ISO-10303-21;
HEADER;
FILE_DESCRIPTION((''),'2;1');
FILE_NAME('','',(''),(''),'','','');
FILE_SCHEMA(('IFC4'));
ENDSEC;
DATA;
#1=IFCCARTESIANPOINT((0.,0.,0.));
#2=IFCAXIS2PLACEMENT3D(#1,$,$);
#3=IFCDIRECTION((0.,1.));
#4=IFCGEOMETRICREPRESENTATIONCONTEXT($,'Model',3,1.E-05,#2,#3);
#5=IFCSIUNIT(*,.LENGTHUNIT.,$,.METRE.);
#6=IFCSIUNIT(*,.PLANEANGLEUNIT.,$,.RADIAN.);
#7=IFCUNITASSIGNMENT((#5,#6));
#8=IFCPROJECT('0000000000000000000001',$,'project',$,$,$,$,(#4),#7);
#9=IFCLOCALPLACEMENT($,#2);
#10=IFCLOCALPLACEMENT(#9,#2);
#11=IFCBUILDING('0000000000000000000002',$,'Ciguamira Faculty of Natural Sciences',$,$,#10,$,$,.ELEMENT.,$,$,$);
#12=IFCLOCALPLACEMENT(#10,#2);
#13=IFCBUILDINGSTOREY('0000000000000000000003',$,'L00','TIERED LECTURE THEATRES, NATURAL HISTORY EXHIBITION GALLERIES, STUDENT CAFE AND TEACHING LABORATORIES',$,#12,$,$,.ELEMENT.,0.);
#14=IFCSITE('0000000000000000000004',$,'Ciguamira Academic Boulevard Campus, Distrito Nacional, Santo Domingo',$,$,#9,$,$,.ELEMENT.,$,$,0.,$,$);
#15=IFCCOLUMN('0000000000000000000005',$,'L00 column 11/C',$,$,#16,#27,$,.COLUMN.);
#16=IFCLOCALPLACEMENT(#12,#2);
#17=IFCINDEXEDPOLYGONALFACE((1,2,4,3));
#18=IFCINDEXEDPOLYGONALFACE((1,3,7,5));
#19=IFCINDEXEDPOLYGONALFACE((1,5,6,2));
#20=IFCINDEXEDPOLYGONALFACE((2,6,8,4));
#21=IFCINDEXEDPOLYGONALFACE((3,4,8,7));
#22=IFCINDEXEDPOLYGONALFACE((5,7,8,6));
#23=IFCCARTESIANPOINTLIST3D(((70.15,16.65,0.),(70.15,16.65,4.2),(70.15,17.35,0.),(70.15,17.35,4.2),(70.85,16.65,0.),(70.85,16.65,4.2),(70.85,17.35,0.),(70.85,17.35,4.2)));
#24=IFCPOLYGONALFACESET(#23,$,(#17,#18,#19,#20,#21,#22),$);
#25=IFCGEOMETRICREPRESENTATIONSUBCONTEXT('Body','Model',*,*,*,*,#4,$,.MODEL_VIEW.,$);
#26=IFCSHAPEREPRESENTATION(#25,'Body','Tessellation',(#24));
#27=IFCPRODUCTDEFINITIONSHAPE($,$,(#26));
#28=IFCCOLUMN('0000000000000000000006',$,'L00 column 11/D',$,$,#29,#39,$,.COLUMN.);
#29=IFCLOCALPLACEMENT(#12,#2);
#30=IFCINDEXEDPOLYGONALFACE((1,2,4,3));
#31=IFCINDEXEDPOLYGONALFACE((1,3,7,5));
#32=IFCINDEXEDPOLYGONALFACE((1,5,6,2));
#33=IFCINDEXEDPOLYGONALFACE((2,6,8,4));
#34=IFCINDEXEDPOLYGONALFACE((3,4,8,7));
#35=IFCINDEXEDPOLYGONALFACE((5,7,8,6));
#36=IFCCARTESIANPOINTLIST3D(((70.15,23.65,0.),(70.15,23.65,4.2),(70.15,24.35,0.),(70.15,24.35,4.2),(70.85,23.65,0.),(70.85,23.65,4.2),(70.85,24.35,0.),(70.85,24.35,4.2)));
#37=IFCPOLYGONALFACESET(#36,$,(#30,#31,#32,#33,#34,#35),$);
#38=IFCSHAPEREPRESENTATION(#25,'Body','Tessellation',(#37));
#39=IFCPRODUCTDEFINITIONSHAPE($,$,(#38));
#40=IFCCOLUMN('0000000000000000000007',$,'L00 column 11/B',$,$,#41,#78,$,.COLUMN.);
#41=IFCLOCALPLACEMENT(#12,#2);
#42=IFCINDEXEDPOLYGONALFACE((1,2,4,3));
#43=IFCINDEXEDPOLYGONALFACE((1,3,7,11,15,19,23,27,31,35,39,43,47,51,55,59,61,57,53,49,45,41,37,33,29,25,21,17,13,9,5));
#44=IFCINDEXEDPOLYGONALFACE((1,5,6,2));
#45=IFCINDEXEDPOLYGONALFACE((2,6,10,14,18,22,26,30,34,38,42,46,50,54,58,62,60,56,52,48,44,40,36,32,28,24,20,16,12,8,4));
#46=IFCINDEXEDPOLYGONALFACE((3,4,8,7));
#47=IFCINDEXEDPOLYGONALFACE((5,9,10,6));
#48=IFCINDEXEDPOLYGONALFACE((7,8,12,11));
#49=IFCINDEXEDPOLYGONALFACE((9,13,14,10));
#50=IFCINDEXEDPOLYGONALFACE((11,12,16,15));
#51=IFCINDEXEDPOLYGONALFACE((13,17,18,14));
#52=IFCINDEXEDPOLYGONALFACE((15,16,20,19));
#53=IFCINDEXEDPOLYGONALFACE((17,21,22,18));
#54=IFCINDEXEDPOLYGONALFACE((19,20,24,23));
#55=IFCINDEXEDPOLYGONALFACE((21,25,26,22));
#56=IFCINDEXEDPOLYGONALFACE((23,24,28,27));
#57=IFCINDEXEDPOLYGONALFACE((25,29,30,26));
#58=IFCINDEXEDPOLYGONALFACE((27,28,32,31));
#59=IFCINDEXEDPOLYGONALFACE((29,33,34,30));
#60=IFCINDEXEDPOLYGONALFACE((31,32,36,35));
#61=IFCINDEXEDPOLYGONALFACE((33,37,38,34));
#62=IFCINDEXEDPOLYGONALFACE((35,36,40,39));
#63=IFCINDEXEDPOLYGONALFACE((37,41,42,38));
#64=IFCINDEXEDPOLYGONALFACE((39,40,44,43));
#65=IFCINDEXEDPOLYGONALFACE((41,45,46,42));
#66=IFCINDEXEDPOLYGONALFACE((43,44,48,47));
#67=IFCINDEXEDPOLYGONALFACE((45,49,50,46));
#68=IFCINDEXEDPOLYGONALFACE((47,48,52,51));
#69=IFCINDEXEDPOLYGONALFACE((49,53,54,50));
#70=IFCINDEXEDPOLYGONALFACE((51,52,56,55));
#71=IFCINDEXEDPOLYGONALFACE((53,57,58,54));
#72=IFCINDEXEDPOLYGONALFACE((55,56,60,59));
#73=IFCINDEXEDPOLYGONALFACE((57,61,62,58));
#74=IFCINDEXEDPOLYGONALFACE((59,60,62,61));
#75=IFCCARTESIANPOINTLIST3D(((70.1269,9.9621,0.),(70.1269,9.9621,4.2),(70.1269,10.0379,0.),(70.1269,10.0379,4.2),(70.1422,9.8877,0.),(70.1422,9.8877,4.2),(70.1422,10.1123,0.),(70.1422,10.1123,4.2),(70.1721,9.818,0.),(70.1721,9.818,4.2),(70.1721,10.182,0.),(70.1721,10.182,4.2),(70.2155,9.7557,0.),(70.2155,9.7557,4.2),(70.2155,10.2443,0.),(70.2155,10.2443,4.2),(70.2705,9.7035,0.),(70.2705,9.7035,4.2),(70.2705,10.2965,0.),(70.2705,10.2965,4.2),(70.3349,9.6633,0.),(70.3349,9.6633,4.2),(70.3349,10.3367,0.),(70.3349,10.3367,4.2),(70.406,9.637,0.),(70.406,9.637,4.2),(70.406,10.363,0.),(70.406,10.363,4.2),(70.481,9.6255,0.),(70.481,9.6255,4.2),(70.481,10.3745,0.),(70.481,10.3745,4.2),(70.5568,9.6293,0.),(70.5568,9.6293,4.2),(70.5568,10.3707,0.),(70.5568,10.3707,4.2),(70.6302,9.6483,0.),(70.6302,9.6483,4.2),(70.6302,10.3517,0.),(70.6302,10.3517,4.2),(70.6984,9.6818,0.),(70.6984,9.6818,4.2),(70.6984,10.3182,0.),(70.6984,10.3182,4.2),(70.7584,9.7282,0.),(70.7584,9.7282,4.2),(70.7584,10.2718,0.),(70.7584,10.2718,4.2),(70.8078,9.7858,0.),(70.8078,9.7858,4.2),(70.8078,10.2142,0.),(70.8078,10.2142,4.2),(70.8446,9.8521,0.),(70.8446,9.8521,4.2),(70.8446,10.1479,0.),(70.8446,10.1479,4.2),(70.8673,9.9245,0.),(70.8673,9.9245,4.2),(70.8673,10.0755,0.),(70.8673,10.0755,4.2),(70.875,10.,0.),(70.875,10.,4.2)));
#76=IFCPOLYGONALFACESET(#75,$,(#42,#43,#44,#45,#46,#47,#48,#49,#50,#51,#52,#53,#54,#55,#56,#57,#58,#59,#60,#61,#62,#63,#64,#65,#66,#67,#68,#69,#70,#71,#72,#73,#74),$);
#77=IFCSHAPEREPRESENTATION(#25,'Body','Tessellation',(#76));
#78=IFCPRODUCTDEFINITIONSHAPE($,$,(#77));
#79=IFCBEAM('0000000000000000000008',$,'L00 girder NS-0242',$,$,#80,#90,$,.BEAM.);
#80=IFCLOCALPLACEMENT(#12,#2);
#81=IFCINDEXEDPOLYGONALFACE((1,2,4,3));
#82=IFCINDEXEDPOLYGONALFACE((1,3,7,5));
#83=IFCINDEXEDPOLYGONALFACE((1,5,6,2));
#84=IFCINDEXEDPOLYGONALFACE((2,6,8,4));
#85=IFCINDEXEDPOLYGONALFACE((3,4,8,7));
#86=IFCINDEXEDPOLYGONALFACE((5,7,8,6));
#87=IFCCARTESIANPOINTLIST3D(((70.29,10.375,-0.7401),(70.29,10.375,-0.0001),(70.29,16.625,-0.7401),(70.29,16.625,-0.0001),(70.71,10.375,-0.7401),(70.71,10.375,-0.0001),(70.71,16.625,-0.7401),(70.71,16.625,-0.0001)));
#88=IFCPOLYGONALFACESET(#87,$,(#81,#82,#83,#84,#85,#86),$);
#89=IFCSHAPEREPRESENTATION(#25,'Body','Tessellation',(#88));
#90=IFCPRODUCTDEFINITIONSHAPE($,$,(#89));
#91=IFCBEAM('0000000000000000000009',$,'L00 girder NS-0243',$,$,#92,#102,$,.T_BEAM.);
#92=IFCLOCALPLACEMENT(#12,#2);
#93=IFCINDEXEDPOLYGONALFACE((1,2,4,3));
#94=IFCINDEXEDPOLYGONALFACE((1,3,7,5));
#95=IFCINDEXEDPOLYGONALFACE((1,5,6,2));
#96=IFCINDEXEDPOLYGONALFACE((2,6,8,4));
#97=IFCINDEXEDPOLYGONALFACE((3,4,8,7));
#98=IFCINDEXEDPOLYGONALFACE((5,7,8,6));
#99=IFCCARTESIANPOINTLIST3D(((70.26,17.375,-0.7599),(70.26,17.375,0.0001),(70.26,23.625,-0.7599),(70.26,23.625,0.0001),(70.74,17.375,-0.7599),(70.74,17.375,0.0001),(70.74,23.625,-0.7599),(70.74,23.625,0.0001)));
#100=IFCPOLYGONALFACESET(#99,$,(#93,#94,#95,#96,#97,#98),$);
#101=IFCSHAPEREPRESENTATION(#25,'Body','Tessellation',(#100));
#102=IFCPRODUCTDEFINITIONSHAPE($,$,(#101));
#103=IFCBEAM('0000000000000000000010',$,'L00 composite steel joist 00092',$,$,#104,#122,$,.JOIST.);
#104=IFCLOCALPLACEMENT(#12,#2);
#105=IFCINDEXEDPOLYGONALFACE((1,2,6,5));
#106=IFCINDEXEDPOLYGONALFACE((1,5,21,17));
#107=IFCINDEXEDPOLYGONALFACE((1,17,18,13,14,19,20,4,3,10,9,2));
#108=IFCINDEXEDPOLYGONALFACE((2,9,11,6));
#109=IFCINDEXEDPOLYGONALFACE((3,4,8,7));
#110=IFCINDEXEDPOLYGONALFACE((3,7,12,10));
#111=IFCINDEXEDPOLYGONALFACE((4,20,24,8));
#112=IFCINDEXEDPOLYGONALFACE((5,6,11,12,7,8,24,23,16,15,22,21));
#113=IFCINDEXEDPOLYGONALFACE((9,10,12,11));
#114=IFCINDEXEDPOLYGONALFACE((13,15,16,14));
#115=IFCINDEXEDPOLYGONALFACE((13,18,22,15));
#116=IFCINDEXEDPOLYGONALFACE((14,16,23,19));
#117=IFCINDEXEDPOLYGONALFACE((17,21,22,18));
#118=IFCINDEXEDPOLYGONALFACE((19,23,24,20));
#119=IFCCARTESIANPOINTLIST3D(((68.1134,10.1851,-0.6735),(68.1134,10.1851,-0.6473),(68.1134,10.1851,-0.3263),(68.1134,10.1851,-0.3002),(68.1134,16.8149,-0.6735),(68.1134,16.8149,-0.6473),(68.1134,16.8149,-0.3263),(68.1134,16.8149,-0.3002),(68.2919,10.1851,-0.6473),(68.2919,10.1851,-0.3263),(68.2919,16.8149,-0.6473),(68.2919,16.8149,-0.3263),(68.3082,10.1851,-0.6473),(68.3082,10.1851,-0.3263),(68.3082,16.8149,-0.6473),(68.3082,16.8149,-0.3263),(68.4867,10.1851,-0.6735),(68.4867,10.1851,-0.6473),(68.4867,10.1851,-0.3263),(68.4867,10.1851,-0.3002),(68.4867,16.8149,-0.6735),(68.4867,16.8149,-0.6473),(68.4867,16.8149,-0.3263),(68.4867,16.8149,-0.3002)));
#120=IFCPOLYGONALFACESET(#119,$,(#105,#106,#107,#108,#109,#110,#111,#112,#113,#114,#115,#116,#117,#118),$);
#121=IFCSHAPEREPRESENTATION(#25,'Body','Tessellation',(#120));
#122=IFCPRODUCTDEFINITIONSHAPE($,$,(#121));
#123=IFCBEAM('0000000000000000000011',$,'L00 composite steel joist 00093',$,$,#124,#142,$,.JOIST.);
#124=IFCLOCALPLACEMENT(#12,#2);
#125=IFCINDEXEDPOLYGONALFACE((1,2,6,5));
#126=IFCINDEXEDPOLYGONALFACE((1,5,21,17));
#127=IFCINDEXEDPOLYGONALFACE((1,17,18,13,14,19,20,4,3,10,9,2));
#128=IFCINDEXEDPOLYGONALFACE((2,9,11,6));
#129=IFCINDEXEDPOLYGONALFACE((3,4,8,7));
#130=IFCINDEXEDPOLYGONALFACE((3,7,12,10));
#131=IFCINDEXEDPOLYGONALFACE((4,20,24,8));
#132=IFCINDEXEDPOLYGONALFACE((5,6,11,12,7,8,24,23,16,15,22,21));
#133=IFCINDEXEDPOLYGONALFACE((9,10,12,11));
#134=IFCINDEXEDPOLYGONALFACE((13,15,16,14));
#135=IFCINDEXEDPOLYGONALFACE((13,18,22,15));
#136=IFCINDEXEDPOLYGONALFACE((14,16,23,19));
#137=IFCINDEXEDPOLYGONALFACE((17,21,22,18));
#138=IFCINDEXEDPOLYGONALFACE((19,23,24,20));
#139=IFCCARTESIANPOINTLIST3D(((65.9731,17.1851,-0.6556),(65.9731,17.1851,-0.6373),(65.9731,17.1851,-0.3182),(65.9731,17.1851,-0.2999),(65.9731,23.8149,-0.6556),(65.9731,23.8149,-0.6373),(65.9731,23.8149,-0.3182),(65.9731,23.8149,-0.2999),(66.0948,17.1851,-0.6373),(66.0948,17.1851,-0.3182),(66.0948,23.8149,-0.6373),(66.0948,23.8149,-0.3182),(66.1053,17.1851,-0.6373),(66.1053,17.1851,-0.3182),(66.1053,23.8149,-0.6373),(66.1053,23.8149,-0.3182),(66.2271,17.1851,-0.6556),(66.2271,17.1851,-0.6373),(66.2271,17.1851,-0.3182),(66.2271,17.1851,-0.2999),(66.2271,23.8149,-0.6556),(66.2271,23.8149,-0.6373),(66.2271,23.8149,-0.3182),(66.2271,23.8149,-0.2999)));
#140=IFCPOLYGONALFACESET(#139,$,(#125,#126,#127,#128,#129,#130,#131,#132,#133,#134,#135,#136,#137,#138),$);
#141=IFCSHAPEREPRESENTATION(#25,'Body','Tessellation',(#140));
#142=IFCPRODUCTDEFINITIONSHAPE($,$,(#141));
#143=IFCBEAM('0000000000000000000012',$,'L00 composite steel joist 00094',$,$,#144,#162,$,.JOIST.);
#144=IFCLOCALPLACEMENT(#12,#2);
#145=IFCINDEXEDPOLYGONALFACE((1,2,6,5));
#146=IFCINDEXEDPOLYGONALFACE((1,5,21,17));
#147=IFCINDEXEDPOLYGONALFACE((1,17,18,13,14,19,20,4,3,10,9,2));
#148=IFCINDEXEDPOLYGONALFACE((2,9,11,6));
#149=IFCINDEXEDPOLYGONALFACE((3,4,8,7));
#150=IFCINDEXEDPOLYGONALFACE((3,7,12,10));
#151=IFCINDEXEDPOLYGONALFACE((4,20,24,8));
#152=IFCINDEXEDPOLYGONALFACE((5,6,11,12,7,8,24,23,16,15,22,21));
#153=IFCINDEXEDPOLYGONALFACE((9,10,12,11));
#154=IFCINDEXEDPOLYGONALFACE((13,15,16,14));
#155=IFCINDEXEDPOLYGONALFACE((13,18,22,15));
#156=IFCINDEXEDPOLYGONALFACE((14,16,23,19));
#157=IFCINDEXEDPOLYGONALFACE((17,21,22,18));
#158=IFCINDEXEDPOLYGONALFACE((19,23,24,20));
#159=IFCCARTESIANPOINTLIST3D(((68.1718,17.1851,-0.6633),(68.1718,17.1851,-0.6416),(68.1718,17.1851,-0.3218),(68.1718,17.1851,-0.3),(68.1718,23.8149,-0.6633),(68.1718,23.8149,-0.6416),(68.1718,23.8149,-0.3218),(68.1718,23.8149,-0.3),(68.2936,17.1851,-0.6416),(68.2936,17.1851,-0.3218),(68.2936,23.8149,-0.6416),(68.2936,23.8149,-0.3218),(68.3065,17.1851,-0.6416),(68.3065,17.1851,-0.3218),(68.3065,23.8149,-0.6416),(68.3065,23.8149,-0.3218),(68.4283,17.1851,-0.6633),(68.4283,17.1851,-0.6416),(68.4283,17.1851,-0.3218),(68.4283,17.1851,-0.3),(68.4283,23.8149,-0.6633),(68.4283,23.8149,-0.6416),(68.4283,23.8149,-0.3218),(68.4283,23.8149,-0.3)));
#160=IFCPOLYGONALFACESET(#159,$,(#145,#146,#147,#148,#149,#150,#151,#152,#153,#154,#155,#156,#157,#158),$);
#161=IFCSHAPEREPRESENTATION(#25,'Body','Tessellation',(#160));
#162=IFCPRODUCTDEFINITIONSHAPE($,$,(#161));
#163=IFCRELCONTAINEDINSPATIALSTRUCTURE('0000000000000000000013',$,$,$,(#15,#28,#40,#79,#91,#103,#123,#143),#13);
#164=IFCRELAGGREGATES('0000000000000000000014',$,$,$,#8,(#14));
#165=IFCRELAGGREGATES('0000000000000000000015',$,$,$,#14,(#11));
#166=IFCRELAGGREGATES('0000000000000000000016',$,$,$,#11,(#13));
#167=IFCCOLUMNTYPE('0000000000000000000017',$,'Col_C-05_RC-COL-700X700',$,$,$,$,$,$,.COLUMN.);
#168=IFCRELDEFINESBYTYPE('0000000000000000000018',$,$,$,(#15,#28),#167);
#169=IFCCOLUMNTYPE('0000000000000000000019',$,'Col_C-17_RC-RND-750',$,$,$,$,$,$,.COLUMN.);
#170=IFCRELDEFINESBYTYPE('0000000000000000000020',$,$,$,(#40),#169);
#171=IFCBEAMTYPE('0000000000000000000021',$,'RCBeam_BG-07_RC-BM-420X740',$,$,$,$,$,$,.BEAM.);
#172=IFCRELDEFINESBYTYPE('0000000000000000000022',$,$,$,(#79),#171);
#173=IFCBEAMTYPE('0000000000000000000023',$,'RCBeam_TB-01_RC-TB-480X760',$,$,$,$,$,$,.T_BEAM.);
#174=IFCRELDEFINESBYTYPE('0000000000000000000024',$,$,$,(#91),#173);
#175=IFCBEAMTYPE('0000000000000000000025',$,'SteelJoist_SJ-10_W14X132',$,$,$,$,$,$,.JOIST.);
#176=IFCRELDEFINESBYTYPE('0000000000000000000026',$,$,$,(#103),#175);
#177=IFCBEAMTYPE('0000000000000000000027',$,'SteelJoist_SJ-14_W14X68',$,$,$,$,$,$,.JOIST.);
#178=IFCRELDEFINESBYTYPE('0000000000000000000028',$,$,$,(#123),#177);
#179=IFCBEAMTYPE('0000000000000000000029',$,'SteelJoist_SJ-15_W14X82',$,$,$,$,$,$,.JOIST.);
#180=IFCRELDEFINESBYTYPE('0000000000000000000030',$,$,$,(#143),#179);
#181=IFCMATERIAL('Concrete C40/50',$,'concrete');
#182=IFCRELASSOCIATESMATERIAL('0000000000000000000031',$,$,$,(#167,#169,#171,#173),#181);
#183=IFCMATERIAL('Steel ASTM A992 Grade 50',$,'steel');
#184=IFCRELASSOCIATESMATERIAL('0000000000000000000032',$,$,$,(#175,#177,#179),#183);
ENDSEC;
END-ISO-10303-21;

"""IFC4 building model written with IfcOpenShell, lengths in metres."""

from ifc_helpers import new_model, si_unit, direction, frame, origin, origin_2d, place, context, subcontext, project, spatial, rectangle, circle, i_section, extrude, material, material_profile, profile_set, type_object, element, save


model = new_model("IFC4")

# Units and contexts
model_context = context("Model", 3, precision=1e-05, world=origin(), true_north=direction((0.0, 1.0)))
body_context = subcontext(model_context, "Body", "Model", "MODEL_VIEW")
ifc_project = project(units=[si_unit("LENGTHUNIT", "METRE"), si_unit("PLANEANGLEUNIT", "RADIAN")], contexts=[model_context])

# Site, building, storey
site_placement = place(None, origin())
site = spatial("IfcSite", under=ifc_project, at=site_placement, Name="Ciguamira Academic Boulevard Campus, Distrito Nacional, Santo Domingo", CompositionType="ELEMENT", RefElevation=0.0)
building_placement = place(site_placement, origin())
building = spatial("IfcBuilding", under=site, at=building_placement, Name="Ciguamira Faculty of Natural Sciences", CompositionType="ELEMENT")
storey_placement = place(building_placement, origin())
storey = spatial("IfcBuildingStorey", under=building, at=storey_placement, Name="L00", Description="TIERED LECTURE THEATRES, NATURAL HISTORY EXHIBITION GALLERIES, STUDENT CAFE AND TEACHING LABORATORIES", CompositionType="ELEMENT", Elevation=0.0)

# Columns
ifc_material_1 = material(Name="Concrete C40/50", Category="concrete")
ifc_material_profile_1 = material_profile(ifc_material_1, rectangle(XDim=0.7, YDim=0.7, at=origin_2d()), Name="RC-COL-700X700")
ifc_profile_set_1 = profile_set([ifc_material_profile_1], Name="Concrete C40/50")
column_type_1 = type_object("IfcColumnType", Name="Col_C-05_RC-COL-700X700", PredefinedType="COLUMN", material=ifc_profile_set_1)
for number, where, z_axis, x_axis, name in (
    (1, (70.5, 17.0, 0.0), (0.0, 0.0, 1.0), (1.0, 0.0, 0.0), "L00 column 11/C"),
    (2, (70.5, 24.0, 0.0), (0.0, 0.0, 1.0), (1.0, 0.0, 0.0), "L00 column 11/D"),
):
    element("IfcColumn", number, at=place(storey_placement, frame(where, z_axis=z_axis, x_axis=x_axis)), inside=storey, type_object=column_type_1, Name=name, PredefinedType="COLUMN", context=body_context, shape_type="SweptSolid", body=[
        extrude(rectangle(XDim=0.7, YDim=0.7, at=origin_2d()), origin(), (0.0, 0.0, 1.0), 4.2),
    ])
ifc_material_profile_2 = material_profile(ifc_material_1, circle(Radius=0.375, at=origin_2d()), Name="RC-RND-750")
ifc_profile_set_2 = profile_set([ifc_material_profile_2], Name="Concrete C40/50")
column_type_2 = type_object("IfcColumnType", Name="Col_C-17_RC-RND-750", PredefinedType="COLUMN", material=ifc_profile_set_2)
column_placement = place(storey_placement, frame((70.5, 10.0, 0.0), z_axis=(0.0, 0.0, 1.0), x_axis=(1.0, 0.0, 0.0)))
element("IfcColumn", 3, at=column_placement, inside=storey, type_object=column_type_2, Name="L00 column 11/B", PredefinedType="COLUMN", context=body_context, shape_type="SweptSolid", body=[
    extrude(circle(Radius=0.375, at=origin_2d()), origin(), (0.0, 0.0, 1.0), 4.2),
])

# Beams
ifc_material_profile_3 = material_profile(ifc_material_1, rectangle(XDim=0.4199, YDim=0.74, at=origin_2d()), Name="RC-BM-420X740")
ifc_profile_set_3 = profile_set([ifc_material_profile_3], Name="Concrete C40/50")
beam_type_1 = type_object("IfcBeamType", Name="RCBeam_BG-07_RC-BM-420X740", PredefinedType="BEAM", material=ifc_profile_set_3)
beam_1_placement = place(storey_placement, frame((70.5, 10.375, -0.3701), z_axis=(0.0, 1.0, 0.0), x_axis=(-1.0, 0.0, 0.0)))
element("IfcBeam", 4, at=beam_1_placement, inside=storey, type_object=beam_type_1, Name="L00 girder NS-0242", PredefinedType="BEAM", context=body_context, shape_type="SweptSolid", body=[
    extrude(rectangle(XDim=0.4199, YDim=0.74, at=origin_2d()), origin(), (0.0, 0.0, 1.0), 6.25),
])
ifc_material_profile_4 = material_profile(ifc_material_1, rectangle(XDim=0.48, YDim=0.76, at=origin_2d()), Name="RC-TB-480X760")
ifc_profile_set_4 = profile_set([ifc_material_profile_4], Name="Concrete C40/50")
beam_type_2 = type_object("IfcBeamType", Name="RCBeam_TB-01_RC-TB-480X760", PredefinedType="T_BEAM", material=ifc_profile_set_4)
beam_2_placement = place(storey_placement, frame((70.5, 17.375, -0.3799), z_axis=(0.0, 1.0, 0.0), x_axis=(-1.0, 0.0, 0.0)))
element("IfcBeam", 5, at=beam_2_placement, inside=storey, type_object=beam_type_2, Name="L00 girder NS-0243", PredefinedType="T_BEAM", context=body_context, shape_type="SweptSolid", body=[
    extrude(rectangle(XDim=0.48, YDim=0.76, at=origin_2d()), origin(), (0.0, 0.0, 1.0), 6.25),
])
ifc_material_2 = material(Name="Steel ASTM A992 Grade 50", Category="steel")
ifc_material_profile_5 = material_profile(ifc_material_2, i_section(OverallWidth=0.3733, OverallDepth=0.3733, WebThickness=0.0164, FlangeThickness=0.0261, at=origin_2d()), Name="W14X132")
ifc_profile_set_5 = profile_set([ifc_material_profile_5], Name="Steel ASTM A992 Grade 50")
beam_type_3 = type_object("IfcBeamType", Name="SteelJoist_SJ-10_W14X132", PredefinedType="JOIST", material=ifc_profile_set_5)
beam_3_placement = place(storey_placement, frame((68.3, 10.1851, -0.4868), z_axis=(0.0, 1.0, 0.0), x_axis=(-1.0, 0.0, 0.0)))
element("IfcBeam", 6, at=beam_3_placement, inside=storey, type_object=beam_type_3, Name="L00 composite steel joist 00092", PredefinedType="JOIST", context=body_context, shape_type="SweptSolid", body=[
    extrude(i_section(OverallWidth=0.3733, OverallDepth=0.3733, WebThickness=0.0164, FlangeThickness=0.0261, at=origin_2d()), origin(), (0.0, 0.0, 1.0), 6.6299),
])
ifc_material_profile_6 = material_profile(ifc_material_2, i_section(OverallWidth=0.2539, OverallDepth=0.3557, WebThickness=0.0105, FlangeThickness=0.0183, at=origin_2d()), Name="W14X68")
ifc_profile_set_6 = profile_set([ifc_material_profile_6], Name="Steel ASTM A992 Grade 50")
beam_type_4 = type_object("IfcBeamType", Name="SteelJoist_SJ-14_W14X68", PredefinedType="JOIST", material=ifc_profile_set_6)
beam_4_placement = place(storey_placement, frame((66.1001, 17.1851, -0.4778), z_axis=(0.0, 1.0, 0.0), x_axis=(-1.0, 0.0, 0.0)))
element("IfcBeam", 7, at=beam_4_placement, inside=storey, type_object=beam_type_4, Name="L00 composite steel joist 00093", PredefinedType="JOIST", context=body_context, shape_type="SweptSolid", body=[
    extrude(i_section(OverallWidth=0.2539, OverallDepth=0.3557, WebThickness=0.0105, FlangeThickness=0.0183, at=origin_2d()), origin(), (0.0, 0.0, 1.0), 6.6299),
])
ifc_material_profile_7 = material_profile(ifc_material_2, i_section(OverallWidth=0.2566, OverallDepth=0.3633, WebThickness=0.0129, FlangeThickness=0.0217, at=origin_2d()), Name="W14X82")
ifc_profile_set_7 = profile_set([ifc_material_profile_7], Name="Steel ASTM A992 Grade 50")
beam_type_5 = type_object("IfcBeamType", Name="SteelJoist_SJ-15_W14X82", PredefinedType="JOIST", material=ifc_profile_set_7)
beam_5_placement = place(storey_placement, frame((68.3, 17.1851, -0.4817), z_axis=(0.0, 1.0, 0.0), x_axis=(-1.0, 0.0, 0.0)))
element("IfcBeam", 8, at=beam_5_placement, inside=storey, type_object=beam_type_5, Name="L00 composite steel joist 00094", PredefinedType="JOIST", context=body_context, shape_type="SweptSolid", body=[
    extrude(i_section(OverallWidth=0.2566, OverallDepth=0.3633, WebThickness=0.0129, FlangeThickness=0.0217, at=origin_2d()), origin(), (0.0, 0.0, 1.0), 6.6299),
])

save(model, "model.ifc")
